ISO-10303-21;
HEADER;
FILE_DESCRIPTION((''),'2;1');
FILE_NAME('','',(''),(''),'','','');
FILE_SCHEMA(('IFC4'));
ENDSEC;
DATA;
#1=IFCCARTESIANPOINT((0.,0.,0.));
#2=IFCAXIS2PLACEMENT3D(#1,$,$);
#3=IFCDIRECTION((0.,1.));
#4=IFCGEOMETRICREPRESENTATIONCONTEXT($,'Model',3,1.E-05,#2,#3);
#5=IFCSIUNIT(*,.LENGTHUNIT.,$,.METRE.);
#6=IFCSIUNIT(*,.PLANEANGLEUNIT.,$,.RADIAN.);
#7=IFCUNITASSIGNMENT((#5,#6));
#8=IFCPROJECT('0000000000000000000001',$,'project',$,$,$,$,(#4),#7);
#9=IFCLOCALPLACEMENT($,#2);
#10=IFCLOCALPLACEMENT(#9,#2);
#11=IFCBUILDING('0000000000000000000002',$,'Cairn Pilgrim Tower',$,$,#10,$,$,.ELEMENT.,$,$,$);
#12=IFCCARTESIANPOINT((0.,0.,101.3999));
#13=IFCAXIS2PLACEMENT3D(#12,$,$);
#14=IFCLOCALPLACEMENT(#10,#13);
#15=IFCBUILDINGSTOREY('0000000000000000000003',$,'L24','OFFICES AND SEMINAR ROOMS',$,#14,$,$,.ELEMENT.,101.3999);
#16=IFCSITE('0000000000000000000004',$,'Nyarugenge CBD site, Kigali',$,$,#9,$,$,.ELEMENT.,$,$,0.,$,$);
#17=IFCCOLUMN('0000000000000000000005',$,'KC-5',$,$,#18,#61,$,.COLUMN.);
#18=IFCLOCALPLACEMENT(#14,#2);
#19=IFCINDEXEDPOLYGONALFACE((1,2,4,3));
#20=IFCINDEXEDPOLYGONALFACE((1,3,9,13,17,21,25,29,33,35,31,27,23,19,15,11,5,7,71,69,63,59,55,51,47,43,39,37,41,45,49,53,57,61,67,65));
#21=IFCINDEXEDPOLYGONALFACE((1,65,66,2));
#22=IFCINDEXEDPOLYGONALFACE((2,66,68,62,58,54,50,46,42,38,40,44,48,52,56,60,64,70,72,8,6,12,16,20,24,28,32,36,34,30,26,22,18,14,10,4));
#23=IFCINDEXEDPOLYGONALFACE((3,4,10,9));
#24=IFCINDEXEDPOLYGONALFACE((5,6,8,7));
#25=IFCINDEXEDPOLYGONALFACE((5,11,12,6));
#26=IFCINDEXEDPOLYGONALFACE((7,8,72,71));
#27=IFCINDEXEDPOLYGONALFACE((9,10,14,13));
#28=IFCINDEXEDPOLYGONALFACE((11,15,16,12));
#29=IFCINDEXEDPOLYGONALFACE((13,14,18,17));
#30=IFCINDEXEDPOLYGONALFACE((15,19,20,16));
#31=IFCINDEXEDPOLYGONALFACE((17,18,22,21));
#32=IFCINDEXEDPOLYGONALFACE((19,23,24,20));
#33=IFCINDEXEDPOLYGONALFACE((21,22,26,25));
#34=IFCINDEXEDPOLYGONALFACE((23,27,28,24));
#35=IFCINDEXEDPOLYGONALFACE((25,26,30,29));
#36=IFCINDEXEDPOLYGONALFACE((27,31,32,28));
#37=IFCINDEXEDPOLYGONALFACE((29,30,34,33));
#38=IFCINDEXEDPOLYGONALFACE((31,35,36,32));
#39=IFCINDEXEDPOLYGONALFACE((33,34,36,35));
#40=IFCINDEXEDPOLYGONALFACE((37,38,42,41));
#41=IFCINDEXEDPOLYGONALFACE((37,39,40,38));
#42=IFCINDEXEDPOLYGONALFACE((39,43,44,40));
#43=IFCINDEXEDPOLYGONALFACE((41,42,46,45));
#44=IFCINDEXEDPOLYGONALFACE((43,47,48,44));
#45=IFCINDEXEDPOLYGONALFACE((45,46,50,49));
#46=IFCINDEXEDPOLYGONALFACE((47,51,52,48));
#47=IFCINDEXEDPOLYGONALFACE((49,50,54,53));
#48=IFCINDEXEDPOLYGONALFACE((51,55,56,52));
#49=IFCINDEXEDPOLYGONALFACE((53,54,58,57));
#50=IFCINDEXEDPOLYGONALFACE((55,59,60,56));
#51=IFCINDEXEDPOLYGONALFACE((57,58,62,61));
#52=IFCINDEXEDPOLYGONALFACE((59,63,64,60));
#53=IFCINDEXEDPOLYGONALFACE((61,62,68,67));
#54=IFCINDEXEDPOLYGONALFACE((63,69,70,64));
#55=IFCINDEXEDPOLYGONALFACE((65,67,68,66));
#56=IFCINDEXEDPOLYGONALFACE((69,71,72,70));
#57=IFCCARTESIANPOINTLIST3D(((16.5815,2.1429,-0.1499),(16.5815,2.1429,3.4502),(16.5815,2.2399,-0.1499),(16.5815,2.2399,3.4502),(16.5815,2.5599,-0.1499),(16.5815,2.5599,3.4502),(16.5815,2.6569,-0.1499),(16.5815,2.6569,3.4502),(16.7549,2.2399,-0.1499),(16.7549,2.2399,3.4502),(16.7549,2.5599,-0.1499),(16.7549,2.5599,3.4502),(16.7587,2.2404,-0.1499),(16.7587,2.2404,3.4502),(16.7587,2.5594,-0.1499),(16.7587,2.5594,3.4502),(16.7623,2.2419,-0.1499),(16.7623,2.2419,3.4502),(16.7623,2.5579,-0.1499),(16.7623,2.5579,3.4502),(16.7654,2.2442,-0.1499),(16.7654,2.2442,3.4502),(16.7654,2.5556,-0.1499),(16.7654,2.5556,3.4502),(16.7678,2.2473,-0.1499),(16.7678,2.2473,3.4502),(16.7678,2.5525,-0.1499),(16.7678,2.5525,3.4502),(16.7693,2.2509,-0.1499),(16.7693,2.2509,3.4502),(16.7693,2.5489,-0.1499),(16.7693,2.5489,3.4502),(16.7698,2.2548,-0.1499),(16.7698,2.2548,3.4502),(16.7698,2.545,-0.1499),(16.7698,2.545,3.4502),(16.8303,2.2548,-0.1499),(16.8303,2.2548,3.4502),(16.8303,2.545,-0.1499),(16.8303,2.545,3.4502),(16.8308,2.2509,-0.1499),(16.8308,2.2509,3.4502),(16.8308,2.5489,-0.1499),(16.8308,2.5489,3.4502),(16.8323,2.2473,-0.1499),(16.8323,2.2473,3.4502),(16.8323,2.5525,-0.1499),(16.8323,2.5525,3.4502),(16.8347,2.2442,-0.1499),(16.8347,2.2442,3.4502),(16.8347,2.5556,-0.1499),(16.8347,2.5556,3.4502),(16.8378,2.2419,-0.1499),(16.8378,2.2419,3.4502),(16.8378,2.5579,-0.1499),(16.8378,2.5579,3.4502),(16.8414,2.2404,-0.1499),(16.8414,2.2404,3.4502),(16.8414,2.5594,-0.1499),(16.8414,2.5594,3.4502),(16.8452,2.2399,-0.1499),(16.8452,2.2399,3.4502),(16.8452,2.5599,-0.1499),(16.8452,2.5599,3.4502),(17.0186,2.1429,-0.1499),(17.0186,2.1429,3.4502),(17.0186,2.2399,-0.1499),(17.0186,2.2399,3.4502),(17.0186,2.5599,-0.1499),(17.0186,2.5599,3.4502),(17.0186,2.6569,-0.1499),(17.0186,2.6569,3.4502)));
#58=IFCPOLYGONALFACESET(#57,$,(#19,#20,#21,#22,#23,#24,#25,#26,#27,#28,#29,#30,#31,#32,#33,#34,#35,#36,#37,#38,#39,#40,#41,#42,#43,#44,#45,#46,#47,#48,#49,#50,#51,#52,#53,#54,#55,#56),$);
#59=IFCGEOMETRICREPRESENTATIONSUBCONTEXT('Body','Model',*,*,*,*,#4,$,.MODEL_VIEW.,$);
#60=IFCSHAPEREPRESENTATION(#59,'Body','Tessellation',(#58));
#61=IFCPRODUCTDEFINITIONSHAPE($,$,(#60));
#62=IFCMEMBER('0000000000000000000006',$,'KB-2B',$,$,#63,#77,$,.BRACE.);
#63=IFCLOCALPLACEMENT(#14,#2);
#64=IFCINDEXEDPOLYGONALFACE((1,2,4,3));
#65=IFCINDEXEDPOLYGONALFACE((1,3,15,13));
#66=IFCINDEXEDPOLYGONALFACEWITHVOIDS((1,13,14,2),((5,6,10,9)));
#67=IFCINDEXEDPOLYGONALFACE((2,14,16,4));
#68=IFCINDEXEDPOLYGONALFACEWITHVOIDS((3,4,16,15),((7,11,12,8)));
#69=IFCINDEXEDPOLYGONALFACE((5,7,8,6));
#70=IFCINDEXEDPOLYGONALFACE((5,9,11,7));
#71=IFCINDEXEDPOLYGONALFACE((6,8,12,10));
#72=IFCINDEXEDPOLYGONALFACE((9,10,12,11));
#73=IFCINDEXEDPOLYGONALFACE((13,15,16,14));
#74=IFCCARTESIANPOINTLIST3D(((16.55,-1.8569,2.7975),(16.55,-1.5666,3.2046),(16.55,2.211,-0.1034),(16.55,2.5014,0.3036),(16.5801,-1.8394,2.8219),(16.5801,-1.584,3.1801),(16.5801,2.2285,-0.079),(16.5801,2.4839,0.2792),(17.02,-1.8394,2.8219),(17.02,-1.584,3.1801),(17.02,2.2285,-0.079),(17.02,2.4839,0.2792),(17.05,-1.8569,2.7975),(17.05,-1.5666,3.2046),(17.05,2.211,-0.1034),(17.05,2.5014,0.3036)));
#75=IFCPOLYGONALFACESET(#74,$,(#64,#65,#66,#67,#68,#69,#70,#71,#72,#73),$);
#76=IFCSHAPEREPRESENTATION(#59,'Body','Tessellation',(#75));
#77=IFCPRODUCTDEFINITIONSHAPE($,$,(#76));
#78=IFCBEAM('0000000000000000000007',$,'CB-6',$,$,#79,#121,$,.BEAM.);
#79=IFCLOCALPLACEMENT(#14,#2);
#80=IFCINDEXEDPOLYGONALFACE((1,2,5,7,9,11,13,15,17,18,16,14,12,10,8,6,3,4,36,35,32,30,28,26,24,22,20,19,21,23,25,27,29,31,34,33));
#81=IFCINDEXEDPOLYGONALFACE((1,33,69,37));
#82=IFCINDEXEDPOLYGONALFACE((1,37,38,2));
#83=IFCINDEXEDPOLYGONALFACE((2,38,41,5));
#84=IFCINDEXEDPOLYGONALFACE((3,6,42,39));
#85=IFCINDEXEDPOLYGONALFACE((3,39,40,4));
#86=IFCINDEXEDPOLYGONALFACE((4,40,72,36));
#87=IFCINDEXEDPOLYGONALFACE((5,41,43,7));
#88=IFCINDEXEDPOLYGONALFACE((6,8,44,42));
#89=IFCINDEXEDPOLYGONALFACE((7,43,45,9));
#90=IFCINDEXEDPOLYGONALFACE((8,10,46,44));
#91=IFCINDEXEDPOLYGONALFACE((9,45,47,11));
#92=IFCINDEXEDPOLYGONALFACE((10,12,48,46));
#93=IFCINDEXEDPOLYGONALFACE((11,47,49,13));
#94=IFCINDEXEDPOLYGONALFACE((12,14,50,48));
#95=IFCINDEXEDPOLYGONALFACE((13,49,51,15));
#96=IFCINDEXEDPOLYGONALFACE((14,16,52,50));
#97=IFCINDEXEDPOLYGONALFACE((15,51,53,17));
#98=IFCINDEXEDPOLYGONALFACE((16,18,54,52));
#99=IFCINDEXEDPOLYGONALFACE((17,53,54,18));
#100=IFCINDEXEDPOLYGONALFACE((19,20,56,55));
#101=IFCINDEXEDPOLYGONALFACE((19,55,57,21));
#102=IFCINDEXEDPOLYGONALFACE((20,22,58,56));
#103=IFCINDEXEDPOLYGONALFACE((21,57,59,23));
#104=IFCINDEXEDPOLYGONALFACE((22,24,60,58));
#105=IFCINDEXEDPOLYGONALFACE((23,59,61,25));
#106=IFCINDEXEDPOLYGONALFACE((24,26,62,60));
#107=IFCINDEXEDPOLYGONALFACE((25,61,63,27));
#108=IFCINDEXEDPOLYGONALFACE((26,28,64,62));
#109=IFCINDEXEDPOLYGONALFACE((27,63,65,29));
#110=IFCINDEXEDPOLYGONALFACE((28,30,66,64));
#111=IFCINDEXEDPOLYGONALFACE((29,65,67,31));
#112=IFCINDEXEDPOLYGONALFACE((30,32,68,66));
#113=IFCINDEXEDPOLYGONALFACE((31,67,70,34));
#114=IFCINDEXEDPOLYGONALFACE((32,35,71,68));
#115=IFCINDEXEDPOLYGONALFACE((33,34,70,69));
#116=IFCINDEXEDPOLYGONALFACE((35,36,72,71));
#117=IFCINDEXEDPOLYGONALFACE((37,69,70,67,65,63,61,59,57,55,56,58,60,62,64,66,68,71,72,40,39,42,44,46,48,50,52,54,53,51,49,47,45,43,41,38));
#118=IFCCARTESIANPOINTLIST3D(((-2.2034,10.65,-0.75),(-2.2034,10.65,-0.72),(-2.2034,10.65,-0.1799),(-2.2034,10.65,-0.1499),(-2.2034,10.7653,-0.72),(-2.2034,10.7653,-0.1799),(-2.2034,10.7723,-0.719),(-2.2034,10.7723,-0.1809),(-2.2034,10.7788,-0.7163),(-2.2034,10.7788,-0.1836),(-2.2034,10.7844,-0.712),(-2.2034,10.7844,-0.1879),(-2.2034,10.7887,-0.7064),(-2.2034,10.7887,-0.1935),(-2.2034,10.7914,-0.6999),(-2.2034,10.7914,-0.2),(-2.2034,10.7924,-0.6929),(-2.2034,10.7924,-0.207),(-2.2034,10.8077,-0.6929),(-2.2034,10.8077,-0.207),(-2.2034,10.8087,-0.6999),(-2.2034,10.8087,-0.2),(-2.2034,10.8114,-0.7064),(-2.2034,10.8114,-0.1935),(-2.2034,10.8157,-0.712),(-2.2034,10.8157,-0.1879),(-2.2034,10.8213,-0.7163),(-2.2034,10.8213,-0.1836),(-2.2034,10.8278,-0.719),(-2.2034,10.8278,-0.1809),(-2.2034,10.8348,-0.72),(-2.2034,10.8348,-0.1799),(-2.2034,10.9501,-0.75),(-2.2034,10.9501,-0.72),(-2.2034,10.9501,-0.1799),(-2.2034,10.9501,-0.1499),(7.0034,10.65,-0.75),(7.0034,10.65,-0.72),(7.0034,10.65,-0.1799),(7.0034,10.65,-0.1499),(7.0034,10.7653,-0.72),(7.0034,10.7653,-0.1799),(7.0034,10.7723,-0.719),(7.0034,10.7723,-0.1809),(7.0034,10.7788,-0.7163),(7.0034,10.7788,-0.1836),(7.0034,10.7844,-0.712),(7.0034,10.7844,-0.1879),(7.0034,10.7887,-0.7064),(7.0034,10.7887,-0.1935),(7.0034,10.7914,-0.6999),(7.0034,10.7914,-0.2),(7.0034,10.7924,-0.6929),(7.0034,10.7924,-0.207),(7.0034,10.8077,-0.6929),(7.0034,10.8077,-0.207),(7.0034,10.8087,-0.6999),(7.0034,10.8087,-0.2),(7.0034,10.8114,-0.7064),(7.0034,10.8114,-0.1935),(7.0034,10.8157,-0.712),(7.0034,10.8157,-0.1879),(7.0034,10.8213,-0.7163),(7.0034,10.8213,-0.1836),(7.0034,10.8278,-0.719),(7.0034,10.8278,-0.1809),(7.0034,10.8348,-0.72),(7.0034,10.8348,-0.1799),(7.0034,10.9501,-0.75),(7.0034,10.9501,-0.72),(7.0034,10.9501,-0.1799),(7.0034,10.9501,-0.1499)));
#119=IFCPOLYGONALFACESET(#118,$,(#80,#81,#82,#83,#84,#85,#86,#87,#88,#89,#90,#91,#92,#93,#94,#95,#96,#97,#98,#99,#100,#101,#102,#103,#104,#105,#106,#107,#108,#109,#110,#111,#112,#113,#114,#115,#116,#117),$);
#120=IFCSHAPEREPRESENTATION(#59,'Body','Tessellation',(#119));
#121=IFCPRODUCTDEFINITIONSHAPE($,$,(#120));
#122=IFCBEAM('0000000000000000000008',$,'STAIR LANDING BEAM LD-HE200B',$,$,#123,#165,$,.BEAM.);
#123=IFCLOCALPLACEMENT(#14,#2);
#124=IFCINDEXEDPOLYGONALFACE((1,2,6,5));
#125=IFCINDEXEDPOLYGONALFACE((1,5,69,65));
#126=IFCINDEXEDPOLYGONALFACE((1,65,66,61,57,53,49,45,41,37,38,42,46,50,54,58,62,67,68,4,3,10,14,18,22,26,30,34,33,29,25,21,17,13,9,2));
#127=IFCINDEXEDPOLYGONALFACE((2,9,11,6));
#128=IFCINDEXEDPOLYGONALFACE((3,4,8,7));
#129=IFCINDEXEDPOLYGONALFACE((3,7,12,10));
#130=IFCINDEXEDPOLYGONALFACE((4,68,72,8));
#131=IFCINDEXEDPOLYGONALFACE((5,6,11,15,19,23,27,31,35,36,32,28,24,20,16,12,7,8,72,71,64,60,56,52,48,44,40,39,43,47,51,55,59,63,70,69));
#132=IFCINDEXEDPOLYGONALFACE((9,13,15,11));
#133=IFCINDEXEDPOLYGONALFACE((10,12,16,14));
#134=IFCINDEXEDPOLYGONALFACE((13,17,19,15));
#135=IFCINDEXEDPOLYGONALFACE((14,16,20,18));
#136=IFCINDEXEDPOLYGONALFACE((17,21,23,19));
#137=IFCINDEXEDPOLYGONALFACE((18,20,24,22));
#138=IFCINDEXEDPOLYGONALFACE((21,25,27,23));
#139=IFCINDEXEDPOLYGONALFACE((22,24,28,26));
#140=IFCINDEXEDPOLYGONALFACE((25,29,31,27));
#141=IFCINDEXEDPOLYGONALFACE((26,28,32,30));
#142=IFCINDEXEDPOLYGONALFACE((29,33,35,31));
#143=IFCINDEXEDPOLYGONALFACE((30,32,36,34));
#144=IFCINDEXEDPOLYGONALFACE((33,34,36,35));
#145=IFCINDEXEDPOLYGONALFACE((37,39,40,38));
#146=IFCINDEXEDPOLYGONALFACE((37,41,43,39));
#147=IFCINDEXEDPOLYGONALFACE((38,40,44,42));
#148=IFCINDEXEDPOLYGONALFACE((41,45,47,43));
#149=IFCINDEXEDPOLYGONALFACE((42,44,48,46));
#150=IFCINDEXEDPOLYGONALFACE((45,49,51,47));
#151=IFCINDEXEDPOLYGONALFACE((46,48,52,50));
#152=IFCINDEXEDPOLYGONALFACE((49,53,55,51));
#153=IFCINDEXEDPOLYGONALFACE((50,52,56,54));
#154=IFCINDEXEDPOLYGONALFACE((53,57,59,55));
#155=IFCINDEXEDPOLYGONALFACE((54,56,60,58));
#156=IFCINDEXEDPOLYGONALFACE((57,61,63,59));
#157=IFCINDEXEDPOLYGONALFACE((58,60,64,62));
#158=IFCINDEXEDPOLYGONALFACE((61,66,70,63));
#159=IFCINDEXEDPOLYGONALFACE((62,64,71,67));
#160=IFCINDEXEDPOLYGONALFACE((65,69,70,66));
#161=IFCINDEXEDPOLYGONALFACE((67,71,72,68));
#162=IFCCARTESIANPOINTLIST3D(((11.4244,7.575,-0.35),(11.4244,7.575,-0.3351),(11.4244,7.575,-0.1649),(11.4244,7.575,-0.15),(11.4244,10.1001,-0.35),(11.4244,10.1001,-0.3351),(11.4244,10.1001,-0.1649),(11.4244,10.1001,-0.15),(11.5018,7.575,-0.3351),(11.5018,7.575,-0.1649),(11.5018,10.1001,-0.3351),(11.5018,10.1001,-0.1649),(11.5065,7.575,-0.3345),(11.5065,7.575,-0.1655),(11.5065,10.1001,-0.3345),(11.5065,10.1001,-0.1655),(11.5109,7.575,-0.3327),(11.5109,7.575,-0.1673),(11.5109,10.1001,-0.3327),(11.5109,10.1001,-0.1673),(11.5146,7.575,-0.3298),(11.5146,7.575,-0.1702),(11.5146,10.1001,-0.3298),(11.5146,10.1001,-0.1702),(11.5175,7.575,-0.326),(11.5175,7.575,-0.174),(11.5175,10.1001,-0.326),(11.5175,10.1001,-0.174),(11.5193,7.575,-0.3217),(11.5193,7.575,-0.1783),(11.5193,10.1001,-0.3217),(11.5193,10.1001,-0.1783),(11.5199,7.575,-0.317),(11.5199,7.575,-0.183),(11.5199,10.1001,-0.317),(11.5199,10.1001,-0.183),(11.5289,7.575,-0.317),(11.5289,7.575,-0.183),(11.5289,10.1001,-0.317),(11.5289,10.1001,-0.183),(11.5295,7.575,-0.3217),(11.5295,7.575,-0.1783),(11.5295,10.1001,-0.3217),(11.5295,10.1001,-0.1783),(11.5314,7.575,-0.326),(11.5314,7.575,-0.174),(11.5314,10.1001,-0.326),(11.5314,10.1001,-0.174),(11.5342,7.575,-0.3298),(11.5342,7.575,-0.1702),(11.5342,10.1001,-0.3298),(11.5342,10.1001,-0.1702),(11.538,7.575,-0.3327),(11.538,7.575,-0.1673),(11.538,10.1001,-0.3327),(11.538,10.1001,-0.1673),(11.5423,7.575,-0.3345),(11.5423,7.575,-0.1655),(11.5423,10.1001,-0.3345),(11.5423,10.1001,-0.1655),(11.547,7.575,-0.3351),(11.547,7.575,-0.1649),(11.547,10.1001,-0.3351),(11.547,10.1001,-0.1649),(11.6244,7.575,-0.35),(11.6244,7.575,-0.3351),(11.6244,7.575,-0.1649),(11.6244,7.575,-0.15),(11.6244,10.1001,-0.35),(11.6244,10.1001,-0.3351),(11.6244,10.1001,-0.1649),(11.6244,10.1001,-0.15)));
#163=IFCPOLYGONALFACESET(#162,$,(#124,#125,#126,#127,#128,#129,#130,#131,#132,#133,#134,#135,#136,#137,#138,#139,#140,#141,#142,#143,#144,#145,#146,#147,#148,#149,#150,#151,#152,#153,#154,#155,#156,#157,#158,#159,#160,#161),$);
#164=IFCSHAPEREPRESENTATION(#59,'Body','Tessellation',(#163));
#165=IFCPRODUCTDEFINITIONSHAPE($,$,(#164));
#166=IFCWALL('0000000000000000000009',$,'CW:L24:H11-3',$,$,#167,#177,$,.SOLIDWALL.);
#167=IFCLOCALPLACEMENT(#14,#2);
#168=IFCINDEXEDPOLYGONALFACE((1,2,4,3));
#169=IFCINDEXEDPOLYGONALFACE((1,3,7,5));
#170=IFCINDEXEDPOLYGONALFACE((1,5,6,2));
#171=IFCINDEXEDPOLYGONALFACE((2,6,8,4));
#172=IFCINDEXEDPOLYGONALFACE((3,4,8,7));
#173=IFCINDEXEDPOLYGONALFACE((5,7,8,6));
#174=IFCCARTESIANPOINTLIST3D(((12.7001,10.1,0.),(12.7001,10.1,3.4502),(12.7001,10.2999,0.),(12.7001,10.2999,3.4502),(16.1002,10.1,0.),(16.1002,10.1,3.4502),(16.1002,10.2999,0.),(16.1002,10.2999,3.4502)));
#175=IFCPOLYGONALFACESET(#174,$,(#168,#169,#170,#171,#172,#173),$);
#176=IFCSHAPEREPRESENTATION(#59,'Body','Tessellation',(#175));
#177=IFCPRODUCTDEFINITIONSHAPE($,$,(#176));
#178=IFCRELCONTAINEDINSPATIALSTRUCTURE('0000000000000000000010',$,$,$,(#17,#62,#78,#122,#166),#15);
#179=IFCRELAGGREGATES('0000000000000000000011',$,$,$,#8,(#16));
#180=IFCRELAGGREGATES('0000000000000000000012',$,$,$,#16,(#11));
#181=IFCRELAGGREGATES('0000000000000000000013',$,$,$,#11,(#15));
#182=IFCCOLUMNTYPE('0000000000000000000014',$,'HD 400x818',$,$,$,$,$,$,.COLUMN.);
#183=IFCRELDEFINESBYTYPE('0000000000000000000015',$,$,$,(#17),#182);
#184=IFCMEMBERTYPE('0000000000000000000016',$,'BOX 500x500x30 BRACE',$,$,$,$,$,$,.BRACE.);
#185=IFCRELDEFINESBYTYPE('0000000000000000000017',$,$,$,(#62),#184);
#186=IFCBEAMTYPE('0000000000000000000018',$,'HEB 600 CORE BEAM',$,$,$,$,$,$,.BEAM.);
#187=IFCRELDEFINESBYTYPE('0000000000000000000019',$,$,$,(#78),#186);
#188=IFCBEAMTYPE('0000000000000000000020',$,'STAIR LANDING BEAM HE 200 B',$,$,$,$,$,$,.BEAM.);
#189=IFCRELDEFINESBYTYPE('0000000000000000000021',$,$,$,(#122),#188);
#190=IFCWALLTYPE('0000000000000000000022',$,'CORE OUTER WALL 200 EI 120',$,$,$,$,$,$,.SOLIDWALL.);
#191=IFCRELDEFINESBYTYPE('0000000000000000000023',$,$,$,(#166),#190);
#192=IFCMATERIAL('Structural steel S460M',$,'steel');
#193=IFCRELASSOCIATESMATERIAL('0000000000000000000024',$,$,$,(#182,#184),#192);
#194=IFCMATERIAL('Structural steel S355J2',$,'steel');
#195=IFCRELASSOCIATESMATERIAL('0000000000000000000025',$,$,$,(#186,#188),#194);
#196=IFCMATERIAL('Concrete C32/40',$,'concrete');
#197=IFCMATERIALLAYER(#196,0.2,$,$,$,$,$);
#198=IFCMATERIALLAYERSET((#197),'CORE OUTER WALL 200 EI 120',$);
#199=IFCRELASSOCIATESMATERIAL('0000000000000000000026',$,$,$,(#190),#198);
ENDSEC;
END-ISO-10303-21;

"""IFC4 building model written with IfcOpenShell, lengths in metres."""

from ifc_helpers import new_model, si_unit, direction, frame, frame_2d, origin, origin_2d, place, context, subcontext, project, spatial, rectangle, hollow_rectangle, i_section, extrude, material, layer, layer_set, material_profile, profile_set, type_object, element, save


model = new_model("IFC4")

# Units and contexts
model_context = context("Model", 3, precision=1e-05, world=origin(), true_north=direction((0.0, 1.0)))
body_context = subcontext(model_context, "Body", "Model", "MODEL_VIEW")
ifc_project = project(units=[si_unit("LENGTHUNIT", "METRE"), si_unit("PLANEANGLEUNIT", "RADIAN")], contexts=[model_context])

# Site, building, storey
site_placement = place(None, origin())
site = spatial("IfcSite", under=ifc_project, at=site_placement, Name="Nyarugenge CBD site, Kigali", CompositionType="ELEMENT", RefElevation=0.0)
building_placement = place(site_placement, origin())
building = spatial("IfcBuilding", under=site, at=building_placement, Name="Cairn Pilgrim Tower", CompositionType="ELEMENT")
storey_placement = place(building_placement, frame((0.0, 0.0, 101.3999)))
storey = spatial("IfcBuildingStorey", under=building, at=storey_placement, Name="L24", Description="OFFICES AND SEMINAR ROOMS", CompositionType="ELEMENT", Elevation=101.3999)

# Column
ifc_material_1 = material(Name="Structural steel S460M", Category="steel")
ifc_material_profile_1 = material_profile(ifc_material_1, i_section(OverallWidth=0.437, OverallDepth=0.5139, WebThickness=0.0605, FlangeThickness=0.0969, FilletRadius=0.0149, at=origin_2d()), Name="HD 400x818")
ifc_profile_set_1 = profile_set([ifc_material_profile_1], Name="Structural steel S460M")
column_type = type_object("IfcColumnType", Name="HD 400x818", PredefinedType="COLUMN", material=ifc_profile_set_1)
column_placement = place(storey_placement, frame((16.8, 2.3999, -0.1499), z_axis=(0.0, 0.0, 1.0), x_axis=(1.0, 0.0, 0.0)))
element("IfcColumn", 1, at=column_placement, inside=storey, type_object=column_type, Name="KC-5", PredefinedType="COLUMN", context=body_context, shape_type="SweptSolid", body=[
    extrude(i_section(OverallWidth=0.437, OverallDepth=0.5139, WebThickness=0.0605, FlangeThickness=0.0969, FilletRadius=0.0149, at=origin_2d()), origin(), (0.0, 0.0, 1.0), 3.6001),
])

# Member
ifc_material_profile_2 = material_profile(ifc_material_1, hollow_rectangle(XDim=0.5, YDim=0.5, WallThickness=0.03, at=origin_2d()), Name="BOX 500x500x30")
ifc_profile_set_2 = profile_set([ifc_material_profile_2], Name="Structural steel S460M")
member_type = type_object("IfcMemberType", Name="BOX 500x500x30 BRACE", PredefinedType="BRACE", material=ifc_profile_set_2)
member_placement = place(storey_placement, frame((16.8, 2.3562, 0.1001), z_axis=(0.0, -0.814182, 0.580609), x_axis=(1.0, 0.0, 0.0)))
element("IfcMember", 2, at=member_placement, inside=storey, type_object=member_type, Name="KB-2B", PredefinedType="BRACE", context=body_context, shape_type="SweptSolid", body=[
    extrude(hollow_rectangle(XDim=0.5, YDim=0.5, WallThickness=0.03, at=origin_2d()), origin(), (0.0, 0.0, 1.0), 4.9963),
])

# Beams
ifc_material_2 = material(Name="Structural steel S355J2", Category="steel")
ifc_material_profile_3 = material_profile(ifc_material_2, i_section(OverallWidth=0.3, OverallDepth=0.6001, WebThickness=0.0154, FlangeThickness=0.03, FilletRadius=0.0271, at=origin_2d()), Name="HEB 600")
ifc_profile_set_3 = profile_set([ifc_material_profile_3], Name="Structural steel S355J2")
beam_type_1 = type_object("IfcBeamType", Name="HEB 600 CORE BEAM", PredefinedType="BEAM", material=ifc_profile_set_3)
beam_1_placement = place(storey_placement, frame((7.0034, 10.8, -0.45), z_axis=(-1.0, 0.0, 0.0), x_axis=(0.0, -1.0, 0.0)))
element("IfcBeam", 3, at=beam_1_placement, inside=storey, type_object=beam_type_1, Name="CB-6", PredefinedType="BEAM", context=body_context, shape_type="SweptSolid", body=[
    extrude(i_section(OverallWidth=0.3, OverallDepth=0.6001, WebThickness=0.0154, FlangeThickness=0.03, FilletRadius=0.0271, at=origin_2d()), origin(), (0.0, 0.0, 1.0), 9.2068),
])
ifc_material_profile_4 = material_profile(ifc_material_2, i_section(OverallWidth=0.2, OverallDepth=0.2, WebThickness=0.009, FlangeThickness=0.0149, FilletRadius=0.0181, at=origin_2d()), Name="HE 200 B")
ifc_profile_set_4 = profile_set([ifc_material_profile_4], Name="Structural steel S355J2")
beam_type_2 = type_object("IfcBeamType", Name="STAIR LANDING BEAM HE 200 B", PredefinedType="BEAM", material=ifc_profile_set_4)
beam_2_placement = place(storey_placement, frame((11.5244, 10.1001, -0.25), z_axis=(0.0, -1.0, 0.0), x_axis=(1.0, 0.0, 0.0)))
element("IfcBeam", 4, at=beam_2_placement, inside=storey, type_object=beam_type_2, Name="STAIR LANDING BEAM LD-HE200B", PredefinedType="BEAM", context=body_context, shape_type="SweptSolid", body=[
    extrude(i_section(OverallWidth=0.2, OverallDepth=0.2, WebThickness=0.009, FlangeThickness=0.0149, FilletRadius=0.0181, at=origin_2d()), origin(), (0.0, 0.0, 1.0), 2.5251),
])

# Wall
ifc_material_3 = material(Name="Concrete C32/40", Category="concrete")
ifc_layer_1 = layer(ifc_material_3, 0.2)
ifc_layer_set_1 = layer_set([ifc_layer_1], Name="CORE OUTER WALL 200 EI 120")
wall_type_1 = type_object("IfcWallType", Name="CORE OUTER WALL 200 EI 120", PredefinedType="SOLIDWALL", material=ifc_layer_set_1)
wall_1_placement = place(storey_placement, frame((12.7, 10.2, 0.0), z_axis=(0.0, 0.0, 1.0), x_axis=(1.0, 0.0, 0.0)))
element("IfcWall", 5, at=wall_1_placement, inside=storey, type_object=wall_type_1, Name="CW:L24:H11-3", PredefinedType="SOLIDWALL", context=body_context, shape_type="SweptSolid", body=[
    extrude(rectangle(XDim=3.4001, YDim=0.2, at=frame_2d((1.7002, 0.0))), origin(), (0.0, 0.0, 1.0), 3.4502),
])

save(model, "model.ifc")
